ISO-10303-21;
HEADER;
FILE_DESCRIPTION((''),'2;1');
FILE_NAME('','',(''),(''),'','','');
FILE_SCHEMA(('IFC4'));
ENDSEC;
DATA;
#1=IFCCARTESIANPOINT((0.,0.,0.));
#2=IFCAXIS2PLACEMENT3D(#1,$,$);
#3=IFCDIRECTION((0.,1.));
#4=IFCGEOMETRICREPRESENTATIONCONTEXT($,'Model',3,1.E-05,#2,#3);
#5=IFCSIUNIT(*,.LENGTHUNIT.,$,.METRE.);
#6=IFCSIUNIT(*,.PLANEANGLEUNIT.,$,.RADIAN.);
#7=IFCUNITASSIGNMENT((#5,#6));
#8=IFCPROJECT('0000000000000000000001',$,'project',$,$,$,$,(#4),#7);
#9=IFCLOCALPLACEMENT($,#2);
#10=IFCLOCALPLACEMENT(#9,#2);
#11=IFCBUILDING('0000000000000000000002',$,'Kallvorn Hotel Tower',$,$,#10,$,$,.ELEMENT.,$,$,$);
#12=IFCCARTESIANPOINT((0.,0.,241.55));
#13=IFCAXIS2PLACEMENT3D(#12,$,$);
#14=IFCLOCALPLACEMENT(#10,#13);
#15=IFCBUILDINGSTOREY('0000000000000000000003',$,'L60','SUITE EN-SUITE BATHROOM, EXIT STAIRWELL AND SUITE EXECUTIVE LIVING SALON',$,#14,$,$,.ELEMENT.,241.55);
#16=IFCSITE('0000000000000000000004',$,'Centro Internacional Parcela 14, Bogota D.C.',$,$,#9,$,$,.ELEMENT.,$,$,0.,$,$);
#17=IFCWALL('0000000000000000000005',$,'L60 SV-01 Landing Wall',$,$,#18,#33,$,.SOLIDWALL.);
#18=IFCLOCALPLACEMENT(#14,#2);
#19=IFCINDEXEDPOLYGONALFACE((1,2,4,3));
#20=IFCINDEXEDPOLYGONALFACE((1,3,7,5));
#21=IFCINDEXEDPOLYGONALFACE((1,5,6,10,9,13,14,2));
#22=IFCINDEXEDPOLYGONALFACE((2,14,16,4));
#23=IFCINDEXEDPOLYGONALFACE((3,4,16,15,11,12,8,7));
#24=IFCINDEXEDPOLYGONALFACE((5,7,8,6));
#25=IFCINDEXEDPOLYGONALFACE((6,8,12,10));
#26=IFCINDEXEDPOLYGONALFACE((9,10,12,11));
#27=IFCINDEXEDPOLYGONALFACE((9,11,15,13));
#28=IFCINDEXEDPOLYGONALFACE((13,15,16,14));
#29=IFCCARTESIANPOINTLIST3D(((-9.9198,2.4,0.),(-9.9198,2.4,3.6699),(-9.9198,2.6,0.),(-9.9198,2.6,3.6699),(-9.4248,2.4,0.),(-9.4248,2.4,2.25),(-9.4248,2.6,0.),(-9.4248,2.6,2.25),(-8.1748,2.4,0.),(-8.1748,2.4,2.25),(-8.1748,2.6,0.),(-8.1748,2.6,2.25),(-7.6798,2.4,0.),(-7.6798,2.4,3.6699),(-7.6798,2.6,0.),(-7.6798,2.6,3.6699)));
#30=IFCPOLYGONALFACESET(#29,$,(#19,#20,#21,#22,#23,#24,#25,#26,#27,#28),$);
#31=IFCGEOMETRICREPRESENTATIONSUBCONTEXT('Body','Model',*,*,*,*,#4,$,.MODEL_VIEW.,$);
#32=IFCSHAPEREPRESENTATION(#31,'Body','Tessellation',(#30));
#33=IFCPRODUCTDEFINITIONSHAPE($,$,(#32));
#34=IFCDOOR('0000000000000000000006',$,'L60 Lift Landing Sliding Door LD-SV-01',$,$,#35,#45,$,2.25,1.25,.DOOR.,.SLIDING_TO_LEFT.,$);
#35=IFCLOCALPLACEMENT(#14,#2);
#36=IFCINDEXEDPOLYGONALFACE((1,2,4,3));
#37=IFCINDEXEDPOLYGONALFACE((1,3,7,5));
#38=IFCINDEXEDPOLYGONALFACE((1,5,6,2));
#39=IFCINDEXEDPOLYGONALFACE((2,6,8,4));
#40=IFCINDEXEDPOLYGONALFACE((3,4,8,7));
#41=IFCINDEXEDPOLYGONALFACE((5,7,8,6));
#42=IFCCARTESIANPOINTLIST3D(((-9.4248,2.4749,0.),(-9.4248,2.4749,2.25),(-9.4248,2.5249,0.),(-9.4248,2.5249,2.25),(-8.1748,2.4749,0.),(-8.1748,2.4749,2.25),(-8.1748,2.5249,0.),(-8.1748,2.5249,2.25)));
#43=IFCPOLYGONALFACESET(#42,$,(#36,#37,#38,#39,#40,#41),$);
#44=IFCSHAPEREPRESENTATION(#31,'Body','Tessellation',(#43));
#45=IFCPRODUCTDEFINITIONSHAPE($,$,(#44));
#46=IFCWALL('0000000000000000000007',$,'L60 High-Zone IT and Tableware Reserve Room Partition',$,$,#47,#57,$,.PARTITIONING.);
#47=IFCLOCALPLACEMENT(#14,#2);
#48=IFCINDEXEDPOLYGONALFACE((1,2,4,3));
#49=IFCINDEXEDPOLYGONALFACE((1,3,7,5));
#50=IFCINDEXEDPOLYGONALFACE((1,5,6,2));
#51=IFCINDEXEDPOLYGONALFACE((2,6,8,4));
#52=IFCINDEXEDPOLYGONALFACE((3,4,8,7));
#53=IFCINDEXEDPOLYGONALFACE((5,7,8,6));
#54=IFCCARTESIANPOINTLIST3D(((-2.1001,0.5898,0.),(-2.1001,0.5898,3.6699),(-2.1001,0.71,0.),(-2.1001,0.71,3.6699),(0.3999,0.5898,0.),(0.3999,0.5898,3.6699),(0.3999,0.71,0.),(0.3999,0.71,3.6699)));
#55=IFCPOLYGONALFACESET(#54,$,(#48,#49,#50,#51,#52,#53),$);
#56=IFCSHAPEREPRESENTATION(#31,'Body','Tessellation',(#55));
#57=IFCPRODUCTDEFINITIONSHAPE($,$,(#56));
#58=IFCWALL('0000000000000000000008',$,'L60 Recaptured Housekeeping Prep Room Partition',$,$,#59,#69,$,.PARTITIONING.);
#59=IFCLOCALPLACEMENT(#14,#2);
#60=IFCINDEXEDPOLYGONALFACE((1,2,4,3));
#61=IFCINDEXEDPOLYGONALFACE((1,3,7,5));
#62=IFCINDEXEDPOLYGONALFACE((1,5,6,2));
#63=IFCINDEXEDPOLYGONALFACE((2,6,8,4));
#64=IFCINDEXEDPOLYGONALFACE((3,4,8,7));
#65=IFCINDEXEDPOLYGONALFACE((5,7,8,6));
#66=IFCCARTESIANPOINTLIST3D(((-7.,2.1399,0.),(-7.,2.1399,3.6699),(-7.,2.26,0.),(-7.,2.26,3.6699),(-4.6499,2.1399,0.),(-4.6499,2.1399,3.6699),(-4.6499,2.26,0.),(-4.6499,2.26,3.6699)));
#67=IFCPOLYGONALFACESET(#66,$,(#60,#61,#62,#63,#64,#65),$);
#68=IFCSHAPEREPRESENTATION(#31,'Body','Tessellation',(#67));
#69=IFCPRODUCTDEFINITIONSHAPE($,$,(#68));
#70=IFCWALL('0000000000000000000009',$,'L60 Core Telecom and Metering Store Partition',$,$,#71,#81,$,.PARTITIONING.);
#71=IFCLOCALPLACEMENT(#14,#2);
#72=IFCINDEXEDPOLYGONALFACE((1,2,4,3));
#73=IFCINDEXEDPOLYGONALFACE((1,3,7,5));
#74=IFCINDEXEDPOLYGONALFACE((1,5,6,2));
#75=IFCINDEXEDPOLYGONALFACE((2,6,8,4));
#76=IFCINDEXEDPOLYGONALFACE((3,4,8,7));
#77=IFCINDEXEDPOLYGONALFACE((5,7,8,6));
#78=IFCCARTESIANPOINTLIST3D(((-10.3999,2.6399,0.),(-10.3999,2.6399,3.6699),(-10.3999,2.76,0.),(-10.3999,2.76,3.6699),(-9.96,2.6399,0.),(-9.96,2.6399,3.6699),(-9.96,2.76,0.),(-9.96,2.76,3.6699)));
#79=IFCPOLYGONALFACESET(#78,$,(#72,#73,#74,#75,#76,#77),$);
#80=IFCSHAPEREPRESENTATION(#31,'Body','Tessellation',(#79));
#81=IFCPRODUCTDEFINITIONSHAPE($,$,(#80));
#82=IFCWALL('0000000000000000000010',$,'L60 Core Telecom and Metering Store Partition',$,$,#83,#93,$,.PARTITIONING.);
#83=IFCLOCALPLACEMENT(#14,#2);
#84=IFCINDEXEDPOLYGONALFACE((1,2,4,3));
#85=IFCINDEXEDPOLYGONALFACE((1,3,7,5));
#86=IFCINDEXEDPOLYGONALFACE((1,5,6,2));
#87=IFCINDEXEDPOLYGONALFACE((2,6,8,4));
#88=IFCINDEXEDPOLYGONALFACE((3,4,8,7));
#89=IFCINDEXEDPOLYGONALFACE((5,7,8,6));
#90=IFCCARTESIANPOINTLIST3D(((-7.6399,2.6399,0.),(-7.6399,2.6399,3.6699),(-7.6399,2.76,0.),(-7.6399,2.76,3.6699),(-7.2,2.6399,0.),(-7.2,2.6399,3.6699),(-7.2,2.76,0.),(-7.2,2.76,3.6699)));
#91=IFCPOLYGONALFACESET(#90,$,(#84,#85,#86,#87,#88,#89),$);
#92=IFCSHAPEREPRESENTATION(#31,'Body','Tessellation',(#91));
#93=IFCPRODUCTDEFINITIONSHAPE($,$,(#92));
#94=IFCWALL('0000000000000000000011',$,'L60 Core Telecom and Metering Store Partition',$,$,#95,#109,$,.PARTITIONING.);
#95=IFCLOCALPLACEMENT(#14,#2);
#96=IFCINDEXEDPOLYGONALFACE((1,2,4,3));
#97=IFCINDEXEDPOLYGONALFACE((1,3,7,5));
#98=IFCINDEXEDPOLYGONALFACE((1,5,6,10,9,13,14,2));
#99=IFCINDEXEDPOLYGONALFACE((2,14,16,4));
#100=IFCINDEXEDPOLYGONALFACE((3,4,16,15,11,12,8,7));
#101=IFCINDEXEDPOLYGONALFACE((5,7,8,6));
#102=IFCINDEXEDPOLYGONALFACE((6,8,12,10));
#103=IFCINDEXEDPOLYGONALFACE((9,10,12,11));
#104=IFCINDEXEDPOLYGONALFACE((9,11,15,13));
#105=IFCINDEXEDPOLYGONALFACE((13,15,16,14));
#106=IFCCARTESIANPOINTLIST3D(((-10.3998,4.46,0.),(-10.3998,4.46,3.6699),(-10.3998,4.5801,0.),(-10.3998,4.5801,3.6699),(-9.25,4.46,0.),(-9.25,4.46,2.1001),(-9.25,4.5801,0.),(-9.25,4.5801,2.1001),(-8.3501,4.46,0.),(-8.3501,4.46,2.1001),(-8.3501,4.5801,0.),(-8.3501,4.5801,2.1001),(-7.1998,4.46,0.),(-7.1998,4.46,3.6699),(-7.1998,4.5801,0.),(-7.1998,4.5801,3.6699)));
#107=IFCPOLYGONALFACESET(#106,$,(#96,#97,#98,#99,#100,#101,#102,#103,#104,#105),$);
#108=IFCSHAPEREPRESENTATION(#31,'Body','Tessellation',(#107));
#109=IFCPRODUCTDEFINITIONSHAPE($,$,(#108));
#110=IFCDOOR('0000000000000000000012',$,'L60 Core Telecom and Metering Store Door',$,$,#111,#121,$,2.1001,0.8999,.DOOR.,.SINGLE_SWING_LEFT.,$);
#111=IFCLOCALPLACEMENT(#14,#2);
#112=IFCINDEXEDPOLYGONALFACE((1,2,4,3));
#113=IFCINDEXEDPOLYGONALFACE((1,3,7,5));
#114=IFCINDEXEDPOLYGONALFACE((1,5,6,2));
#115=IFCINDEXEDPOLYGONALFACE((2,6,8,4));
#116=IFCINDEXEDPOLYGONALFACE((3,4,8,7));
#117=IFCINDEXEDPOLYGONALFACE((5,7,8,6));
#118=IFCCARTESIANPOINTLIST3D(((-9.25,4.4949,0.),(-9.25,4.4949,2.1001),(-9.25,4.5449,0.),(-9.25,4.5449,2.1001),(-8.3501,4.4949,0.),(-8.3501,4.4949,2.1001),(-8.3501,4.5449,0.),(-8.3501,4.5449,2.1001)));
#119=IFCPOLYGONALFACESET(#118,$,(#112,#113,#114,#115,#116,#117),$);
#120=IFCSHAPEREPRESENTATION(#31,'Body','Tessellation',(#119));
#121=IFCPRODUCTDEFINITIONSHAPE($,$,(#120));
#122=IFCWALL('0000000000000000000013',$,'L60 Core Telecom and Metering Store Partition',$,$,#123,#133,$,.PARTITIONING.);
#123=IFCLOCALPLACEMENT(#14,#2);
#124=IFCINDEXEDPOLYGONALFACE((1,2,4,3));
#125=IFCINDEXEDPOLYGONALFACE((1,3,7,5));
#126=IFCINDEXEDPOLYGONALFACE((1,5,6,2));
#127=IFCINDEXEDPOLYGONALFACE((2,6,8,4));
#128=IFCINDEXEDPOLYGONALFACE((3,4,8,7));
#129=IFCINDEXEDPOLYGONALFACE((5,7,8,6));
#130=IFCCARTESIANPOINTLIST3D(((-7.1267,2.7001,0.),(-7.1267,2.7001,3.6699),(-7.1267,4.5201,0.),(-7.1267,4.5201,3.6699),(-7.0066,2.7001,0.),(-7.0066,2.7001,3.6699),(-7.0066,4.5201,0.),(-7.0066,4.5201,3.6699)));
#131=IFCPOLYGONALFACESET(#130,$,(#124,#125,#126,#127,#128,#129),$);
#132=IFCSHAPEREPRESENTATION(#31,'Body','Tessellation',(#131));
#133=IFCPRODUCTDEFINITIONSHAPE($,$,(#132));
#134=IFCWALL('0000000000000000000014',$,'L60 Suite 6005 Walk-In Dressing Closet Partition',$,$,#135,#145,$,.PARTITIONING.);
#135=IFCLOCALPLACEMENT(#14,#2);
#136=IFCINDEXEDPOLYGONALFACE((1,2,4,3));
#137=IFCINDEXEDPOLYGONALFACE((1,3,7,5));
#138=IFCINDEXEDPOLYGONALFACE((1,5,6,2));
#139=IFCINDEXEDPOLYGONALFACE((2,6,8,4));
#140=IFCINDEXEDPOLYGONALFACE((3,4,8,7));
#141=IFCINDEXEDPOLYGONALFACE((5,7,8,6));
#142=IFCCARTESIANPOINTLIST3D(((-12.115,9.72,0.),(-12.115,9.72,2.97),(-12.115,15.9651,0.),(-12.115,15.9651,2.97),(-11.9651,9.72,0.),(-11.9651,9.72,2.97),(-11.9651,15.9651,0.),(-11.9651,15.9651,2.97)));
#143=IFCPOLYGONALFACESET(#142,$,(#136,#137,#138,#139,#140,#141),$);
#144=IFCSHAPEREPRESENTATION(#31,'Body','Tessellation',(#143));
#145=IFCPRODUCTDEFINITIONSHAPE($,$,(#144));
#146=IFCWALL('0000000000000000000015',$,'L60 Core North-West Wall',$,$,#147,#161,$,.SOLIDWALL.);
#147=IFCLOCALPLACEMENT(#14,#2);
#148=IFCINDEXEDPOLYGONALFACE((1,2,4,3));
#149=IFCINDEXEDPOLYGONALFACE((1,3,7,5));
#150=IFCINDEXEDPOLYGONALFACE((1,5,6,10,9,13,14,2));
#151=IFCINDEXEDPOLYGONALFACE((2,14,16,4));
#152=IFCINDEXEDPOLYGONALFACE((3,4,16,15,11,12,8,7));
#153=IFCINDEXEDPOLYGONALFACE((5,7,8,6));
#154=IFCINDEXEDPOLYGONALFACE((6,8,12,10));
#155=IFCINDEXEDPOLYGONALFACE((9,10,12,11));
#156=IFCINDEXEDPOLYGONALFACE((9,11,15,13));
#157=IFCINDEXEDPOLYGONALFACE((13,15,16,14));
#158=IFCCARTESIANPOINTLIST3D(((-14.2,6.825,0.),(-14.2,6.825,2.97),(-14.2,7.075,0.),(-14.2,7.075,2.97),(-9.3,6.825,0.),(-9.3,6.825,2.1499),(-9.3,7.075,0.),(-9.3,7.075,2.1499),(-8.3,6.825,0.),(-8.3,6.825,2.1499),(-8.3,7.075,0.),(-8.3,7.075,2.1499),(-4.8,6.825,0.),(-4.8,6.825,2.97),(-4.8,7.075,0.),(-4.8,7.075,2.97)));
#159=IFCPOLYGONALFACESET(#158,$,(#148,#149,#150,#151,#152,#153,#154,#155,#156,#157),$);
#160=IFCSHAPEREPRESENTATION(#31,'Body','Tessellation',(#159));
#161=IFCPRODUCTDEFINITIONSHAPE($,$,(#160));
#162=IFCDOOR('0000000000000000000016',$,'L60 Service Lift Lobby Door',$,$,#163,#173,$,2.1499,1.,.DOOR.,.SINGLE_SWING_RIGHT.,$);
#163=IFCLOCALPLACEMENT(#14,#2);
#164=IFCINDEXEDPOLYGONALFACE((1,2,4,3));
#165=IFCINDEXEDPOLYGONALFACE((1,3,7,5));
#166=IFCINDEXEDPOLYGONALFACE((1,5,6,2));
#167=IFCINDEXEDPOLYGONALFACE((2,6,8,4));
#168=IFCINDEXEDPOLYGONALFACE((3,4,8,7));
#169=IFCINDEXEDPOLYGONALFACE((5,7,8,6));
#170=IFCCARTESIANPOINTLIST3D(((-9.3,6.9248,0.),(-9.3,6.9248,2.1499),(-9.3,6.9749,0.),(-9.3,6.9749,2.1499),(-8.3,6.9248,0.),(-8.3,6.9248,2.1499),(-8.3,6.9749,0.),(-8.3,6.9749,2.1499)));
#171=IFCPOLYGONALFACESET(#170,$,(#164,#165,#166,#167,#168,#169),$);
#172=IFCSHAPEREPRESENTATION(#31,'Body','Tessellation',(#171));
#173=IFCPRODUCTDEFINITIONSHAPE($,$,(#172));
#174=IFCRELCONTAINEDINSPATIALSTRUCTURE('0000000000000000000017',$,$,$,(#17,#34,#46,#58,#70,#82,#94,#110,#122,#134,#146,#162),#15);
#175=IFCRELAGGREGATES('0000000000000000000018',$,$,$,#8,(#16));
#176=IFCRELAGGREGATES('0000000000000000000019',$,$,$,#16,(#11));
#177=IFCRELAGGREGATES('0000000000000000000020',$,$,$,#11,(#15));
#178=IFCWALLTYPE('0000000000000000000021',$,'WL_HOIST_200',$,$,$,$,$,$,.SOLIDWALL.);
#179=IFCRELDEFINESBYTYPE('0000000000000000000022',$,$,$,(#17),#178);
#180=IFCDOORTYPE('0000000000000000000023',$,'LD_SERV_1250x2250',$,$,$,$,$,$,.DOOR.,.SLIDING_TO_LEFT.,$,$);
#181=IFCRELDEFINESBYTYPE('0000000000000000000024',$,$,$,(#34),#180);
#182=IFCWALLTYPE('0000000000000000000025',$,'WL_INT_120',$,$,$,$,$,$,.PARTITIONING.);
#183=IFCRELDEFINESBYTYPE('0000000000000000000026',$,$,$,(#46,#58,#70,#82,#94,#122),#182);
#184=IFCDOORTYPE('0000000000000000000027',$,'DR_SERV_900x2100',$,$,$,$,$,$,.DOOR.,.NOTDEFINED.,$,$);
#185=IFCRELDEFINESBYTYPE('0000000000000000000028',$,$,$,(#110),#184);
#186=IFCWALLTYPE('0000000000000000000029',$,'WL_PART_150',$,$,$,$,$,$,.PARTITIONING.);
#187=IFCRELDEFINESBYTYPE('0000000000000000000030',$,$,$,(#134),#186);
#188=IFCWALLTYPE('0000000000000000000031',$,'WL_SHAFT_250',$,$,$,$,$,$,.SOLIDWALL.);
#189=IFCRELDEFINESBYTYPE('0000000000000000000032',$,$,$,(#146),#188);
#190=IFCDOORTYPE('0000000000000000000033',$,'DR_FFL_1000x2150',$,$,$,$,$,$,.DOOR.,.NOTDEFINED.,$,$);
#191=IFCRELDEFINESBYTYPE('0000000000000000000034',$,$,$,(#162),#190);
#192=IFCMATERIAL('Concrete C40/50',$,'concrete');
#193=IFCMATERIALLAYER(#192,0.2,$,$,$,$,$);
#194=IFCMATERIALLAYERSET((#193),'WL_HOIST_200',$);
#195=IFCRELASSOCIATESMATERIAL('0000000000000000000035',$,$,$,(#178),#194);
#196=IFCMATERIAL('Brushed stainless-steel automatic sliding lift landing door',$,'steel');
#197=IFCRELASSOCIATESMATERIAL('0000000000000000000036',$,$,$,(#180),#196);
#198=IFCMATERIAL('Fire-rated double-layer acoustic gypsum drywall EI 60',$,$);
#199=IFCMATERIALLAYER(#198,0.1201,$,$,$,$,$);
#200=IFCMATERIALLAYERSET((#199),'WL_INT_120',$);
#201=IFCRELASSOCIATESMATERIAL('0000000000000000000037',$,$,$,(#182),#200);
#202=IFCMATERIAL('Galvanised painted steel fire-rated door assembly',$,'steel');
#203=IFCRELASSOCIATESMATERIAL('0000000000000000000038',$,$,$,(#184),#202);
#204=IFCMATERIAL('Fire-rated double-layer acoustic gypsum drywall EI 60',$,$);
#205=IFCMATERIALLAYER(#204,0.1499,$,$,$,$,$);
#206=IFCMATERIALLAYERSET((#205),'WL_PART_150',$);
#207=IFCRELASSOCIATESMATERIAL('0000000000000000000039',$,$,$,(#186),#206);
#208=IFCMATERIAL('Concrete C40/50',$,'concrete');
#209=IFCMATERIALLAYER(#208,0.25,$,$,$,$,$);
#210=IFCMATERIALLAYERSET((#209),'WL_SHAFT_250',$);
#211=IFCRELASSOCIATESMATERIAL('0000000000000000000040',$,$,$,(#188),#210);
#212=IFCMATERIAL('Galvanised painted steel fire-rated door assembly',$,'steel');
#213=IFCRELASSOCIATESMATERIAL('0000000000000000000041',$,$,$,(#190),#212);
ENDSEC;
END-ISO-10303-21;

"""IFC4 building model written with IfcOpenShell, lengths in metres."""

from ifc_helpers import new_model, si_unit, direction, frame, frame_2d, origin, place, context, subcontext, project, spatial, rectangle, extrude, material, layer, layer_set, type_object, element, fill, save


model = new_model("IFC4")

# Units and contexts
model_context = context("Model", 3, precision=1e-05, world=origin(), true_north=direction((0.0, 1.0)))
body_context = subcontext(model_context, "Body", "Model", "MODEL_VIEW")
ifc_project = project(units=[si_unit("LENGTHUNIT", "METRE"), si_unit("PLANEANGLEUNIT", "RADIAN")], contexts=[model_context])

# Site, building, storey
site_placement = place(None, origin())
site = spatial("IfcSite", under=ifc_project, at=site_placement, Name="Centro Internacional Parcela 14, Bogota D.C.", CompositionType="ELEMENT", RefElevation=0.0)
building_placement = place(site_placement, origin())
building = spatial("IfcBuilding", under=site, at=building_placement, Name="Kallvorn Hotel Tower", CompositionType="ELEMENT")
storey_placement = place(building_placement, frame((0.0, 0.0, 241.55)))
storey = spatial("IfcBuildingStorey", under=building, at=storey_placement, Name="L60", Description="SUITE EN-SUITE BATHROOM, EXIT STAIRWELL AND SUITE EXECUTIVE LIVING SALON", CompositionType="ELEMENT", Elevation=241.55)

# Shared definitions
ifc_material_1 = material(Name="Concrete C40/50", Category="concrete")
ifc_layer_1 = layer(ifc_material_1, 0.2)
ifc_layer_set_1 = layer_set([ifc_layer_1], Name="WL_HOIST_200")
wall_type_1 = type_object("IfcWallType", Name="WL_HOIST_200", PredefinedType="SOLIDWALL", material=ifc_layer_set_1)

# Wall, opening, door
wall_1_placement = place(storey_placement, frame((-9.9199, 2.5, 0.0), z_axis=(0.0, 0.0, 1.0), x_axis=(1.0, 0.0, 0.0)))
wall_1 = element("IfcWall", 1, at=wall_1_placement, inside=storey, type_object=wall_type_1, Name="L60 SV-01 Landing Wall", PredefinedType="SOLIDWALL", context=body_context, shape_type="SweptSolid", body=[
    extrude(rectangle(XDim=2.24, YDim=0.2, at=frame_2d((1.1201, 0.0))), origin(), (0.0, 0.0, 1.0), 3.6699),
])
opening_1_placement = place(wall_1_placement, frame((0.4951, 0.0, 0.0)))
opening_1 = element("IfcOpeningElement", 2, at=opening_1_placement, cuts=wall_1, PredefinedType="OPENING", context=body_context, shape_type="SweptSolid", body=[
    extrude(rectangle(XDim=1.25, YDim=2.25, at=frame_2d((0.625, 1.125))), frame((0.0, 0.115, 0.0), z_axis=(0.0, -1.0, 0.0), x_axis=(1.0, 0.0, 0.0)), (0.0, 0.0, 1.0), 0.23),
])
ifc_material_2 = material(Name="Brushed stainless-steel automatic sliding lift landing door", Category="steel")
door_type_1 = type_object("IfcDoorType", Name="LD_SERV_1250x2250", OperationType="SLIDING_TO_LEFT", PredefinedType="DOOR", material=ifc_material_2)
door_1_placement = place(opening_1_placement, origin())
door_1 = element("IfcDoor", 3, at=door_1_placement, inside=storey, type_object=door_type_1, Name="L60 Lift Landing Sliding Door LD-SV-01", OperationType="SLIDING_TO_LEFT", OverallHeight=2.25, OverallWidth=1.25, PredefinedType="DOOR", context=body_context, shape_type="SweptSolid", body=[
    extrude(rectangle(XDim=1.25, YDim=2.25, at=frame_2d((0.625, 1.125))), frame((0.0, 0.0249, 0.0), z_axis=(0.0, -1.0, 0.0), x_axis=(1.0, 0.0, 0.0)), (0.0, 0.0, 1.0), 0.05),
])
fill(opening_1, door_1)

# Walls
ifc_material_3 = material(Name="Fire-rated double-layer acoustic gypsum drywall EI 60")
ifc_layer_2 = layer(ifc_material_3, 0.1201)
ifc_layer_set_2 = layer_set([ifc_layer_2], Name="WL_INT_120")
wall_type_2 = type_object("IfcWallType", Name="WL_INT_120", PredefinedType="PARTITIONING", material=ifc_layer_set_2)
wall_2_placement = place(storey_placement, frame((-2.1001, 0.6499, 0.0), z_axis=(0.0, 0.0, 1.0), x_axis=(1.0, 0.0, 0.0)))
element("IfcWall", 4, at=wall_2_placement, inside=storey, type_object=wall_type_2, Name="L60 High-Zone IT and Tableware Reserve Room Partition", PredefinedType="PARTITIONING", context=body_context, shape_type="SweptSolid", body=[
    extrude(rectangle(XDim=2.5, YDim=0.1201, at=frame_2d((1.25, 0.0))), origin(), (0.0, 0.0, 1.0), 3.6699),
])
wall_3_placement = place(storey_placement, frame((-7.0, 2.2, 0.0), z_axis=(0.0, 0.0, 1.0), x_axis=(1.0, 0.0, 0.0)))
element("IfcWall", 5, at=wall_3_placement, inside=storey, type_object=wall_type_2, Name="L60 Recaptured Housekeeping Prep Room Partition", PredefinedType="PARTITIONING", context=body_context, shape_type="SweptSolid", body=[
    extrude(rectangle(XDim=2.3501, YDim=0.1201, at=frame_2d((1.175, 0.0))), origin(), (0.0, 0.0, 1.0), 3.6699),
])
for number, where, z_axis, x_axis, name in (
    (6, (-10.3999, 2.7, 0.0), (0.0, 0.0, 1.0), (1.0, 0.0, 0.0), "L60 Core Telecom and Metering Store Partition"),
    (7, (-7.6399, 2.7, 0.0), (0.0, 0.0, 1.0), (1.0, 0.0, 0.0), "L60 Core Telecom and Metering Store Partition"),
):
    element("IfcWall", number, at=place(storey_placement, frame(where, z_axis=z_axis, x_axis=x_axis)), inside=storey, type_object=wall_type_2, Name=name, PredefinedType="PARTITIONING", context=body_context, shape_type="SweptSolid", body=[
        extrude(rectangle(XDim=0.4399, YDim=0.1201, at=frame_2d((0.22, 0.0))), origin(), (0.0, 0.0, 1.0), 3.6699),
    ])

# Wall, opening, door
wall_4_placement = place(storey_placement, frame((-10.3999, 4.52, 0.0), z_axis=(0.0, 0.0, 1.0), x_axis=(1.0, 0.0, 0.0)))
wall_4 = element("IfcWall", 8, at=wall_4_placement, inside=storey, type_object=wall_type_2, Name="L60 Core Telecom and Metering Store Partition", PredefinedType="PARTITIONING", context=body_context, shape_type="SweptSolid", body=[
    extrude(rectangle(XDim=3.2, YDim=0.1201, at=frame_2d((1.6001, 0.0))), origin(), (0.0, 0.0, 1.0), 3.6699),
])
opening_2_placement = place(wall_4_placement, frame((1.1499, 0.0, 0.0)))
opening_2 = element("IfcOpeningElement", 9, at=opening_2_placement, cuts=wall_4, PredefinedType="OPENING", context=body_context, shape_type="SweptSolid", body=[
    extrude(rectangle(XDim=0.8999, YDim=2.1001, at=frame_2d((0.45, 1.05))), frame((0.0, 0.075, 0.0), z_axis=(0.0, -1.0, 0.0), x_axis=(1.0, 0.0, 0.0)), (0.0, 0.0, 1.0), 0.1501),
])
ifc_material_4 = material(Name="Galvanised painted steel fire-rated door assembly", Category="steel")
door_type_2 = type_object("IfcDoorType", Name="DR_SERV_900x2100", OperationType="NOTDEFINED", PredefinedType="DOOR", material=ifc_material_4)
door_2_placement = place(opening_2_placement, origin())
door_2 = element("IfcDoor", 10, at=door_2_placement, inside=storey, type_object=door_type_2, Name="L60 Core Telecom and Metering Store Door", OperationType="SINGLE_SWING_LEFT", OverallHeight=2.1001, OverallWidth=0.8999, PredefinedType="DOOR", context=body_context, shape_type="SweptSolid", body=[
    extrude(rectangle(XDim=0.8999, YDim=2.1001, at=frame_2d((0.45, 1.05))), frame((0.0, 0.0249, 0.0), z_axis=(0.0, -1.0, 0.0), x_axis=(1.0, 0.0, 0.0)), (0.0, 0.0, 1.0), 0.05),
])
fill(opening_2, door_2)

# Walls
wall_5_placement = place(storey_placement, frame((-7.0667, 2.7, 0.0), z_axis=(0.0, 0.0, 1.0), x_axis=(0.0, 1.0, 0.0)))
element("IfcWall", 11, at=wall_5_placement, inside=storey, type_object=wall_type_2, Name="L60 Core Telecom and Metering Store Partition", PredefinedType="PARTITIONING", context=body_context, shape_type="SweptSolid", body=[
    extrude(rectangle(XDim=1.8201, YDim=0.1201, at=frame_2d((0.9102, 0.0))), origin(), (0.0, 0.0, 1.0), 3.6699),
])
ifc_material_5 = material(Name="Fire-rated double-layer acoustic gypsum drywall EI 60")
ifc_layer_3 = layer(ifc_material_5, 0.1499)
ifc_layer_set_3 = layer_set([ifc_layer_3], Name="WL_PART_150")
wall_type_3 = type_object("IfcWallType", Name="WL_PART_150", PredefinedType="PARTITIONING", material=ifc_layer_set_3)
wall_6_placement = place(storey_placement, frame((-12.04, 9.72, 0.0), z_axis=(0.0, 0.0, 1.0), x_axis=(0.0, 1.0, 0.0)))
element("IfcWall", 12, at=wall_6_placement, inside=storey, type_object=wall_type_3, Name="L60 Suite 6005 Walk-In Dressing Closet Partition", PredefinedType="PARTITIONING", context=body_context, shape_type="SweptSolid", body=[
    extrude(rectangle(XDim=6.2451, YDim=0.1499, at=frame_2d((3.1226, 0.0))), origin(), (0.0, 0.0, 1.0), 2.97),
])

# Wall, opening, door
ifc_material_6 = material(Name="Concrete C40/50", Category="concrete")
ifc_layer_4 = layer(ifc_material_6, 0.25)
ifc_layer_set_4 = layer_set([ifc_layer_4], Name="WL_SHAFT_250")
wall_type_4 = type_object("IfcWallType", Name="WL_SHAFT_250", PredefinedType="SOLIDWALL", material=ifc_layer_set_4)
wall_7_placement = place(storey_placement, frame((-14.2, 6.95, 0.0), z_axis=(0.0, 0.0, 1.0), x_axis=(1.0, 0.0, 0.0)))
wall_7 = element("IfcWall", 13, at=wall_7_placement, inside=storey, type_object=wall_type_4, Name="L60 Core North-West Wall", PredefinedType="SOLIDWALL", context=body_context, shape_type="SweptSolid", body=[
    extrude(rectangle(XDim=9.3999, YDim=0.25, at=frame_2d((4.7, 0.0))), origin(), (0.0, 0.0, 1.0), 2.97),
])
opening_3_placement = place(wall_7_placement, frame((4.8999, 0.0, 0.0)))
opening_3 = element("IfcOpeningElement", 14, at=opening_3_placement, cuts=wall_7, PredefinedType="OPENING", context=body_context, shape_type="SweptSolid", body=[
    extrude(rectangle(XDim=1.0, YDim=2.1499, at=frame_2d((0.5, 1.075))), frame((0.0, 0.1399, 0.0), z_axis=(0.0, -1.0, 0.0), x_axis=(1.0, 0.0, 0.0)), (0.0, 0.0, 1.0), 0.28),
])
ifc_material_7 = material(Name="Galvanised painted steel fire-rated door assembly", Category="steel")
door_type_3 = type_object("IfcDoorType", Name="DR_FFL_1000x2150", OperationType="NOTDEFINED", PredefinedType="DOOR", material=ifc_material_7)
door_3_placement = place(opening_3_placement, origin())
door_3 = element("IfcDoor", 15, at=door_3_placement, inside=storey, type_object=door_type_3, Name="L60 Service Lift Lobby Door", OperationType="SINGLE_SWING_RIGHT", OverallHeight=2.1499, OverallWidth=1.0, PredefinedType="DOOR", context=body_context, shape_type="SweptSolid", body=[
    extrude(rectangle(XDim=1.0, YDim=2.1499, at=frame_2d((0.5, 1.075))), frame((0.0, 0.0249, 0.0), z_axis=(0.0, -1.0, 0.0), x_axis=(1.0, 0.0, 0.0)), (0.0, 0.0, 1.0), 0.05),
])
fill(opening_3, door_3)

save(model, "model.ifc")
